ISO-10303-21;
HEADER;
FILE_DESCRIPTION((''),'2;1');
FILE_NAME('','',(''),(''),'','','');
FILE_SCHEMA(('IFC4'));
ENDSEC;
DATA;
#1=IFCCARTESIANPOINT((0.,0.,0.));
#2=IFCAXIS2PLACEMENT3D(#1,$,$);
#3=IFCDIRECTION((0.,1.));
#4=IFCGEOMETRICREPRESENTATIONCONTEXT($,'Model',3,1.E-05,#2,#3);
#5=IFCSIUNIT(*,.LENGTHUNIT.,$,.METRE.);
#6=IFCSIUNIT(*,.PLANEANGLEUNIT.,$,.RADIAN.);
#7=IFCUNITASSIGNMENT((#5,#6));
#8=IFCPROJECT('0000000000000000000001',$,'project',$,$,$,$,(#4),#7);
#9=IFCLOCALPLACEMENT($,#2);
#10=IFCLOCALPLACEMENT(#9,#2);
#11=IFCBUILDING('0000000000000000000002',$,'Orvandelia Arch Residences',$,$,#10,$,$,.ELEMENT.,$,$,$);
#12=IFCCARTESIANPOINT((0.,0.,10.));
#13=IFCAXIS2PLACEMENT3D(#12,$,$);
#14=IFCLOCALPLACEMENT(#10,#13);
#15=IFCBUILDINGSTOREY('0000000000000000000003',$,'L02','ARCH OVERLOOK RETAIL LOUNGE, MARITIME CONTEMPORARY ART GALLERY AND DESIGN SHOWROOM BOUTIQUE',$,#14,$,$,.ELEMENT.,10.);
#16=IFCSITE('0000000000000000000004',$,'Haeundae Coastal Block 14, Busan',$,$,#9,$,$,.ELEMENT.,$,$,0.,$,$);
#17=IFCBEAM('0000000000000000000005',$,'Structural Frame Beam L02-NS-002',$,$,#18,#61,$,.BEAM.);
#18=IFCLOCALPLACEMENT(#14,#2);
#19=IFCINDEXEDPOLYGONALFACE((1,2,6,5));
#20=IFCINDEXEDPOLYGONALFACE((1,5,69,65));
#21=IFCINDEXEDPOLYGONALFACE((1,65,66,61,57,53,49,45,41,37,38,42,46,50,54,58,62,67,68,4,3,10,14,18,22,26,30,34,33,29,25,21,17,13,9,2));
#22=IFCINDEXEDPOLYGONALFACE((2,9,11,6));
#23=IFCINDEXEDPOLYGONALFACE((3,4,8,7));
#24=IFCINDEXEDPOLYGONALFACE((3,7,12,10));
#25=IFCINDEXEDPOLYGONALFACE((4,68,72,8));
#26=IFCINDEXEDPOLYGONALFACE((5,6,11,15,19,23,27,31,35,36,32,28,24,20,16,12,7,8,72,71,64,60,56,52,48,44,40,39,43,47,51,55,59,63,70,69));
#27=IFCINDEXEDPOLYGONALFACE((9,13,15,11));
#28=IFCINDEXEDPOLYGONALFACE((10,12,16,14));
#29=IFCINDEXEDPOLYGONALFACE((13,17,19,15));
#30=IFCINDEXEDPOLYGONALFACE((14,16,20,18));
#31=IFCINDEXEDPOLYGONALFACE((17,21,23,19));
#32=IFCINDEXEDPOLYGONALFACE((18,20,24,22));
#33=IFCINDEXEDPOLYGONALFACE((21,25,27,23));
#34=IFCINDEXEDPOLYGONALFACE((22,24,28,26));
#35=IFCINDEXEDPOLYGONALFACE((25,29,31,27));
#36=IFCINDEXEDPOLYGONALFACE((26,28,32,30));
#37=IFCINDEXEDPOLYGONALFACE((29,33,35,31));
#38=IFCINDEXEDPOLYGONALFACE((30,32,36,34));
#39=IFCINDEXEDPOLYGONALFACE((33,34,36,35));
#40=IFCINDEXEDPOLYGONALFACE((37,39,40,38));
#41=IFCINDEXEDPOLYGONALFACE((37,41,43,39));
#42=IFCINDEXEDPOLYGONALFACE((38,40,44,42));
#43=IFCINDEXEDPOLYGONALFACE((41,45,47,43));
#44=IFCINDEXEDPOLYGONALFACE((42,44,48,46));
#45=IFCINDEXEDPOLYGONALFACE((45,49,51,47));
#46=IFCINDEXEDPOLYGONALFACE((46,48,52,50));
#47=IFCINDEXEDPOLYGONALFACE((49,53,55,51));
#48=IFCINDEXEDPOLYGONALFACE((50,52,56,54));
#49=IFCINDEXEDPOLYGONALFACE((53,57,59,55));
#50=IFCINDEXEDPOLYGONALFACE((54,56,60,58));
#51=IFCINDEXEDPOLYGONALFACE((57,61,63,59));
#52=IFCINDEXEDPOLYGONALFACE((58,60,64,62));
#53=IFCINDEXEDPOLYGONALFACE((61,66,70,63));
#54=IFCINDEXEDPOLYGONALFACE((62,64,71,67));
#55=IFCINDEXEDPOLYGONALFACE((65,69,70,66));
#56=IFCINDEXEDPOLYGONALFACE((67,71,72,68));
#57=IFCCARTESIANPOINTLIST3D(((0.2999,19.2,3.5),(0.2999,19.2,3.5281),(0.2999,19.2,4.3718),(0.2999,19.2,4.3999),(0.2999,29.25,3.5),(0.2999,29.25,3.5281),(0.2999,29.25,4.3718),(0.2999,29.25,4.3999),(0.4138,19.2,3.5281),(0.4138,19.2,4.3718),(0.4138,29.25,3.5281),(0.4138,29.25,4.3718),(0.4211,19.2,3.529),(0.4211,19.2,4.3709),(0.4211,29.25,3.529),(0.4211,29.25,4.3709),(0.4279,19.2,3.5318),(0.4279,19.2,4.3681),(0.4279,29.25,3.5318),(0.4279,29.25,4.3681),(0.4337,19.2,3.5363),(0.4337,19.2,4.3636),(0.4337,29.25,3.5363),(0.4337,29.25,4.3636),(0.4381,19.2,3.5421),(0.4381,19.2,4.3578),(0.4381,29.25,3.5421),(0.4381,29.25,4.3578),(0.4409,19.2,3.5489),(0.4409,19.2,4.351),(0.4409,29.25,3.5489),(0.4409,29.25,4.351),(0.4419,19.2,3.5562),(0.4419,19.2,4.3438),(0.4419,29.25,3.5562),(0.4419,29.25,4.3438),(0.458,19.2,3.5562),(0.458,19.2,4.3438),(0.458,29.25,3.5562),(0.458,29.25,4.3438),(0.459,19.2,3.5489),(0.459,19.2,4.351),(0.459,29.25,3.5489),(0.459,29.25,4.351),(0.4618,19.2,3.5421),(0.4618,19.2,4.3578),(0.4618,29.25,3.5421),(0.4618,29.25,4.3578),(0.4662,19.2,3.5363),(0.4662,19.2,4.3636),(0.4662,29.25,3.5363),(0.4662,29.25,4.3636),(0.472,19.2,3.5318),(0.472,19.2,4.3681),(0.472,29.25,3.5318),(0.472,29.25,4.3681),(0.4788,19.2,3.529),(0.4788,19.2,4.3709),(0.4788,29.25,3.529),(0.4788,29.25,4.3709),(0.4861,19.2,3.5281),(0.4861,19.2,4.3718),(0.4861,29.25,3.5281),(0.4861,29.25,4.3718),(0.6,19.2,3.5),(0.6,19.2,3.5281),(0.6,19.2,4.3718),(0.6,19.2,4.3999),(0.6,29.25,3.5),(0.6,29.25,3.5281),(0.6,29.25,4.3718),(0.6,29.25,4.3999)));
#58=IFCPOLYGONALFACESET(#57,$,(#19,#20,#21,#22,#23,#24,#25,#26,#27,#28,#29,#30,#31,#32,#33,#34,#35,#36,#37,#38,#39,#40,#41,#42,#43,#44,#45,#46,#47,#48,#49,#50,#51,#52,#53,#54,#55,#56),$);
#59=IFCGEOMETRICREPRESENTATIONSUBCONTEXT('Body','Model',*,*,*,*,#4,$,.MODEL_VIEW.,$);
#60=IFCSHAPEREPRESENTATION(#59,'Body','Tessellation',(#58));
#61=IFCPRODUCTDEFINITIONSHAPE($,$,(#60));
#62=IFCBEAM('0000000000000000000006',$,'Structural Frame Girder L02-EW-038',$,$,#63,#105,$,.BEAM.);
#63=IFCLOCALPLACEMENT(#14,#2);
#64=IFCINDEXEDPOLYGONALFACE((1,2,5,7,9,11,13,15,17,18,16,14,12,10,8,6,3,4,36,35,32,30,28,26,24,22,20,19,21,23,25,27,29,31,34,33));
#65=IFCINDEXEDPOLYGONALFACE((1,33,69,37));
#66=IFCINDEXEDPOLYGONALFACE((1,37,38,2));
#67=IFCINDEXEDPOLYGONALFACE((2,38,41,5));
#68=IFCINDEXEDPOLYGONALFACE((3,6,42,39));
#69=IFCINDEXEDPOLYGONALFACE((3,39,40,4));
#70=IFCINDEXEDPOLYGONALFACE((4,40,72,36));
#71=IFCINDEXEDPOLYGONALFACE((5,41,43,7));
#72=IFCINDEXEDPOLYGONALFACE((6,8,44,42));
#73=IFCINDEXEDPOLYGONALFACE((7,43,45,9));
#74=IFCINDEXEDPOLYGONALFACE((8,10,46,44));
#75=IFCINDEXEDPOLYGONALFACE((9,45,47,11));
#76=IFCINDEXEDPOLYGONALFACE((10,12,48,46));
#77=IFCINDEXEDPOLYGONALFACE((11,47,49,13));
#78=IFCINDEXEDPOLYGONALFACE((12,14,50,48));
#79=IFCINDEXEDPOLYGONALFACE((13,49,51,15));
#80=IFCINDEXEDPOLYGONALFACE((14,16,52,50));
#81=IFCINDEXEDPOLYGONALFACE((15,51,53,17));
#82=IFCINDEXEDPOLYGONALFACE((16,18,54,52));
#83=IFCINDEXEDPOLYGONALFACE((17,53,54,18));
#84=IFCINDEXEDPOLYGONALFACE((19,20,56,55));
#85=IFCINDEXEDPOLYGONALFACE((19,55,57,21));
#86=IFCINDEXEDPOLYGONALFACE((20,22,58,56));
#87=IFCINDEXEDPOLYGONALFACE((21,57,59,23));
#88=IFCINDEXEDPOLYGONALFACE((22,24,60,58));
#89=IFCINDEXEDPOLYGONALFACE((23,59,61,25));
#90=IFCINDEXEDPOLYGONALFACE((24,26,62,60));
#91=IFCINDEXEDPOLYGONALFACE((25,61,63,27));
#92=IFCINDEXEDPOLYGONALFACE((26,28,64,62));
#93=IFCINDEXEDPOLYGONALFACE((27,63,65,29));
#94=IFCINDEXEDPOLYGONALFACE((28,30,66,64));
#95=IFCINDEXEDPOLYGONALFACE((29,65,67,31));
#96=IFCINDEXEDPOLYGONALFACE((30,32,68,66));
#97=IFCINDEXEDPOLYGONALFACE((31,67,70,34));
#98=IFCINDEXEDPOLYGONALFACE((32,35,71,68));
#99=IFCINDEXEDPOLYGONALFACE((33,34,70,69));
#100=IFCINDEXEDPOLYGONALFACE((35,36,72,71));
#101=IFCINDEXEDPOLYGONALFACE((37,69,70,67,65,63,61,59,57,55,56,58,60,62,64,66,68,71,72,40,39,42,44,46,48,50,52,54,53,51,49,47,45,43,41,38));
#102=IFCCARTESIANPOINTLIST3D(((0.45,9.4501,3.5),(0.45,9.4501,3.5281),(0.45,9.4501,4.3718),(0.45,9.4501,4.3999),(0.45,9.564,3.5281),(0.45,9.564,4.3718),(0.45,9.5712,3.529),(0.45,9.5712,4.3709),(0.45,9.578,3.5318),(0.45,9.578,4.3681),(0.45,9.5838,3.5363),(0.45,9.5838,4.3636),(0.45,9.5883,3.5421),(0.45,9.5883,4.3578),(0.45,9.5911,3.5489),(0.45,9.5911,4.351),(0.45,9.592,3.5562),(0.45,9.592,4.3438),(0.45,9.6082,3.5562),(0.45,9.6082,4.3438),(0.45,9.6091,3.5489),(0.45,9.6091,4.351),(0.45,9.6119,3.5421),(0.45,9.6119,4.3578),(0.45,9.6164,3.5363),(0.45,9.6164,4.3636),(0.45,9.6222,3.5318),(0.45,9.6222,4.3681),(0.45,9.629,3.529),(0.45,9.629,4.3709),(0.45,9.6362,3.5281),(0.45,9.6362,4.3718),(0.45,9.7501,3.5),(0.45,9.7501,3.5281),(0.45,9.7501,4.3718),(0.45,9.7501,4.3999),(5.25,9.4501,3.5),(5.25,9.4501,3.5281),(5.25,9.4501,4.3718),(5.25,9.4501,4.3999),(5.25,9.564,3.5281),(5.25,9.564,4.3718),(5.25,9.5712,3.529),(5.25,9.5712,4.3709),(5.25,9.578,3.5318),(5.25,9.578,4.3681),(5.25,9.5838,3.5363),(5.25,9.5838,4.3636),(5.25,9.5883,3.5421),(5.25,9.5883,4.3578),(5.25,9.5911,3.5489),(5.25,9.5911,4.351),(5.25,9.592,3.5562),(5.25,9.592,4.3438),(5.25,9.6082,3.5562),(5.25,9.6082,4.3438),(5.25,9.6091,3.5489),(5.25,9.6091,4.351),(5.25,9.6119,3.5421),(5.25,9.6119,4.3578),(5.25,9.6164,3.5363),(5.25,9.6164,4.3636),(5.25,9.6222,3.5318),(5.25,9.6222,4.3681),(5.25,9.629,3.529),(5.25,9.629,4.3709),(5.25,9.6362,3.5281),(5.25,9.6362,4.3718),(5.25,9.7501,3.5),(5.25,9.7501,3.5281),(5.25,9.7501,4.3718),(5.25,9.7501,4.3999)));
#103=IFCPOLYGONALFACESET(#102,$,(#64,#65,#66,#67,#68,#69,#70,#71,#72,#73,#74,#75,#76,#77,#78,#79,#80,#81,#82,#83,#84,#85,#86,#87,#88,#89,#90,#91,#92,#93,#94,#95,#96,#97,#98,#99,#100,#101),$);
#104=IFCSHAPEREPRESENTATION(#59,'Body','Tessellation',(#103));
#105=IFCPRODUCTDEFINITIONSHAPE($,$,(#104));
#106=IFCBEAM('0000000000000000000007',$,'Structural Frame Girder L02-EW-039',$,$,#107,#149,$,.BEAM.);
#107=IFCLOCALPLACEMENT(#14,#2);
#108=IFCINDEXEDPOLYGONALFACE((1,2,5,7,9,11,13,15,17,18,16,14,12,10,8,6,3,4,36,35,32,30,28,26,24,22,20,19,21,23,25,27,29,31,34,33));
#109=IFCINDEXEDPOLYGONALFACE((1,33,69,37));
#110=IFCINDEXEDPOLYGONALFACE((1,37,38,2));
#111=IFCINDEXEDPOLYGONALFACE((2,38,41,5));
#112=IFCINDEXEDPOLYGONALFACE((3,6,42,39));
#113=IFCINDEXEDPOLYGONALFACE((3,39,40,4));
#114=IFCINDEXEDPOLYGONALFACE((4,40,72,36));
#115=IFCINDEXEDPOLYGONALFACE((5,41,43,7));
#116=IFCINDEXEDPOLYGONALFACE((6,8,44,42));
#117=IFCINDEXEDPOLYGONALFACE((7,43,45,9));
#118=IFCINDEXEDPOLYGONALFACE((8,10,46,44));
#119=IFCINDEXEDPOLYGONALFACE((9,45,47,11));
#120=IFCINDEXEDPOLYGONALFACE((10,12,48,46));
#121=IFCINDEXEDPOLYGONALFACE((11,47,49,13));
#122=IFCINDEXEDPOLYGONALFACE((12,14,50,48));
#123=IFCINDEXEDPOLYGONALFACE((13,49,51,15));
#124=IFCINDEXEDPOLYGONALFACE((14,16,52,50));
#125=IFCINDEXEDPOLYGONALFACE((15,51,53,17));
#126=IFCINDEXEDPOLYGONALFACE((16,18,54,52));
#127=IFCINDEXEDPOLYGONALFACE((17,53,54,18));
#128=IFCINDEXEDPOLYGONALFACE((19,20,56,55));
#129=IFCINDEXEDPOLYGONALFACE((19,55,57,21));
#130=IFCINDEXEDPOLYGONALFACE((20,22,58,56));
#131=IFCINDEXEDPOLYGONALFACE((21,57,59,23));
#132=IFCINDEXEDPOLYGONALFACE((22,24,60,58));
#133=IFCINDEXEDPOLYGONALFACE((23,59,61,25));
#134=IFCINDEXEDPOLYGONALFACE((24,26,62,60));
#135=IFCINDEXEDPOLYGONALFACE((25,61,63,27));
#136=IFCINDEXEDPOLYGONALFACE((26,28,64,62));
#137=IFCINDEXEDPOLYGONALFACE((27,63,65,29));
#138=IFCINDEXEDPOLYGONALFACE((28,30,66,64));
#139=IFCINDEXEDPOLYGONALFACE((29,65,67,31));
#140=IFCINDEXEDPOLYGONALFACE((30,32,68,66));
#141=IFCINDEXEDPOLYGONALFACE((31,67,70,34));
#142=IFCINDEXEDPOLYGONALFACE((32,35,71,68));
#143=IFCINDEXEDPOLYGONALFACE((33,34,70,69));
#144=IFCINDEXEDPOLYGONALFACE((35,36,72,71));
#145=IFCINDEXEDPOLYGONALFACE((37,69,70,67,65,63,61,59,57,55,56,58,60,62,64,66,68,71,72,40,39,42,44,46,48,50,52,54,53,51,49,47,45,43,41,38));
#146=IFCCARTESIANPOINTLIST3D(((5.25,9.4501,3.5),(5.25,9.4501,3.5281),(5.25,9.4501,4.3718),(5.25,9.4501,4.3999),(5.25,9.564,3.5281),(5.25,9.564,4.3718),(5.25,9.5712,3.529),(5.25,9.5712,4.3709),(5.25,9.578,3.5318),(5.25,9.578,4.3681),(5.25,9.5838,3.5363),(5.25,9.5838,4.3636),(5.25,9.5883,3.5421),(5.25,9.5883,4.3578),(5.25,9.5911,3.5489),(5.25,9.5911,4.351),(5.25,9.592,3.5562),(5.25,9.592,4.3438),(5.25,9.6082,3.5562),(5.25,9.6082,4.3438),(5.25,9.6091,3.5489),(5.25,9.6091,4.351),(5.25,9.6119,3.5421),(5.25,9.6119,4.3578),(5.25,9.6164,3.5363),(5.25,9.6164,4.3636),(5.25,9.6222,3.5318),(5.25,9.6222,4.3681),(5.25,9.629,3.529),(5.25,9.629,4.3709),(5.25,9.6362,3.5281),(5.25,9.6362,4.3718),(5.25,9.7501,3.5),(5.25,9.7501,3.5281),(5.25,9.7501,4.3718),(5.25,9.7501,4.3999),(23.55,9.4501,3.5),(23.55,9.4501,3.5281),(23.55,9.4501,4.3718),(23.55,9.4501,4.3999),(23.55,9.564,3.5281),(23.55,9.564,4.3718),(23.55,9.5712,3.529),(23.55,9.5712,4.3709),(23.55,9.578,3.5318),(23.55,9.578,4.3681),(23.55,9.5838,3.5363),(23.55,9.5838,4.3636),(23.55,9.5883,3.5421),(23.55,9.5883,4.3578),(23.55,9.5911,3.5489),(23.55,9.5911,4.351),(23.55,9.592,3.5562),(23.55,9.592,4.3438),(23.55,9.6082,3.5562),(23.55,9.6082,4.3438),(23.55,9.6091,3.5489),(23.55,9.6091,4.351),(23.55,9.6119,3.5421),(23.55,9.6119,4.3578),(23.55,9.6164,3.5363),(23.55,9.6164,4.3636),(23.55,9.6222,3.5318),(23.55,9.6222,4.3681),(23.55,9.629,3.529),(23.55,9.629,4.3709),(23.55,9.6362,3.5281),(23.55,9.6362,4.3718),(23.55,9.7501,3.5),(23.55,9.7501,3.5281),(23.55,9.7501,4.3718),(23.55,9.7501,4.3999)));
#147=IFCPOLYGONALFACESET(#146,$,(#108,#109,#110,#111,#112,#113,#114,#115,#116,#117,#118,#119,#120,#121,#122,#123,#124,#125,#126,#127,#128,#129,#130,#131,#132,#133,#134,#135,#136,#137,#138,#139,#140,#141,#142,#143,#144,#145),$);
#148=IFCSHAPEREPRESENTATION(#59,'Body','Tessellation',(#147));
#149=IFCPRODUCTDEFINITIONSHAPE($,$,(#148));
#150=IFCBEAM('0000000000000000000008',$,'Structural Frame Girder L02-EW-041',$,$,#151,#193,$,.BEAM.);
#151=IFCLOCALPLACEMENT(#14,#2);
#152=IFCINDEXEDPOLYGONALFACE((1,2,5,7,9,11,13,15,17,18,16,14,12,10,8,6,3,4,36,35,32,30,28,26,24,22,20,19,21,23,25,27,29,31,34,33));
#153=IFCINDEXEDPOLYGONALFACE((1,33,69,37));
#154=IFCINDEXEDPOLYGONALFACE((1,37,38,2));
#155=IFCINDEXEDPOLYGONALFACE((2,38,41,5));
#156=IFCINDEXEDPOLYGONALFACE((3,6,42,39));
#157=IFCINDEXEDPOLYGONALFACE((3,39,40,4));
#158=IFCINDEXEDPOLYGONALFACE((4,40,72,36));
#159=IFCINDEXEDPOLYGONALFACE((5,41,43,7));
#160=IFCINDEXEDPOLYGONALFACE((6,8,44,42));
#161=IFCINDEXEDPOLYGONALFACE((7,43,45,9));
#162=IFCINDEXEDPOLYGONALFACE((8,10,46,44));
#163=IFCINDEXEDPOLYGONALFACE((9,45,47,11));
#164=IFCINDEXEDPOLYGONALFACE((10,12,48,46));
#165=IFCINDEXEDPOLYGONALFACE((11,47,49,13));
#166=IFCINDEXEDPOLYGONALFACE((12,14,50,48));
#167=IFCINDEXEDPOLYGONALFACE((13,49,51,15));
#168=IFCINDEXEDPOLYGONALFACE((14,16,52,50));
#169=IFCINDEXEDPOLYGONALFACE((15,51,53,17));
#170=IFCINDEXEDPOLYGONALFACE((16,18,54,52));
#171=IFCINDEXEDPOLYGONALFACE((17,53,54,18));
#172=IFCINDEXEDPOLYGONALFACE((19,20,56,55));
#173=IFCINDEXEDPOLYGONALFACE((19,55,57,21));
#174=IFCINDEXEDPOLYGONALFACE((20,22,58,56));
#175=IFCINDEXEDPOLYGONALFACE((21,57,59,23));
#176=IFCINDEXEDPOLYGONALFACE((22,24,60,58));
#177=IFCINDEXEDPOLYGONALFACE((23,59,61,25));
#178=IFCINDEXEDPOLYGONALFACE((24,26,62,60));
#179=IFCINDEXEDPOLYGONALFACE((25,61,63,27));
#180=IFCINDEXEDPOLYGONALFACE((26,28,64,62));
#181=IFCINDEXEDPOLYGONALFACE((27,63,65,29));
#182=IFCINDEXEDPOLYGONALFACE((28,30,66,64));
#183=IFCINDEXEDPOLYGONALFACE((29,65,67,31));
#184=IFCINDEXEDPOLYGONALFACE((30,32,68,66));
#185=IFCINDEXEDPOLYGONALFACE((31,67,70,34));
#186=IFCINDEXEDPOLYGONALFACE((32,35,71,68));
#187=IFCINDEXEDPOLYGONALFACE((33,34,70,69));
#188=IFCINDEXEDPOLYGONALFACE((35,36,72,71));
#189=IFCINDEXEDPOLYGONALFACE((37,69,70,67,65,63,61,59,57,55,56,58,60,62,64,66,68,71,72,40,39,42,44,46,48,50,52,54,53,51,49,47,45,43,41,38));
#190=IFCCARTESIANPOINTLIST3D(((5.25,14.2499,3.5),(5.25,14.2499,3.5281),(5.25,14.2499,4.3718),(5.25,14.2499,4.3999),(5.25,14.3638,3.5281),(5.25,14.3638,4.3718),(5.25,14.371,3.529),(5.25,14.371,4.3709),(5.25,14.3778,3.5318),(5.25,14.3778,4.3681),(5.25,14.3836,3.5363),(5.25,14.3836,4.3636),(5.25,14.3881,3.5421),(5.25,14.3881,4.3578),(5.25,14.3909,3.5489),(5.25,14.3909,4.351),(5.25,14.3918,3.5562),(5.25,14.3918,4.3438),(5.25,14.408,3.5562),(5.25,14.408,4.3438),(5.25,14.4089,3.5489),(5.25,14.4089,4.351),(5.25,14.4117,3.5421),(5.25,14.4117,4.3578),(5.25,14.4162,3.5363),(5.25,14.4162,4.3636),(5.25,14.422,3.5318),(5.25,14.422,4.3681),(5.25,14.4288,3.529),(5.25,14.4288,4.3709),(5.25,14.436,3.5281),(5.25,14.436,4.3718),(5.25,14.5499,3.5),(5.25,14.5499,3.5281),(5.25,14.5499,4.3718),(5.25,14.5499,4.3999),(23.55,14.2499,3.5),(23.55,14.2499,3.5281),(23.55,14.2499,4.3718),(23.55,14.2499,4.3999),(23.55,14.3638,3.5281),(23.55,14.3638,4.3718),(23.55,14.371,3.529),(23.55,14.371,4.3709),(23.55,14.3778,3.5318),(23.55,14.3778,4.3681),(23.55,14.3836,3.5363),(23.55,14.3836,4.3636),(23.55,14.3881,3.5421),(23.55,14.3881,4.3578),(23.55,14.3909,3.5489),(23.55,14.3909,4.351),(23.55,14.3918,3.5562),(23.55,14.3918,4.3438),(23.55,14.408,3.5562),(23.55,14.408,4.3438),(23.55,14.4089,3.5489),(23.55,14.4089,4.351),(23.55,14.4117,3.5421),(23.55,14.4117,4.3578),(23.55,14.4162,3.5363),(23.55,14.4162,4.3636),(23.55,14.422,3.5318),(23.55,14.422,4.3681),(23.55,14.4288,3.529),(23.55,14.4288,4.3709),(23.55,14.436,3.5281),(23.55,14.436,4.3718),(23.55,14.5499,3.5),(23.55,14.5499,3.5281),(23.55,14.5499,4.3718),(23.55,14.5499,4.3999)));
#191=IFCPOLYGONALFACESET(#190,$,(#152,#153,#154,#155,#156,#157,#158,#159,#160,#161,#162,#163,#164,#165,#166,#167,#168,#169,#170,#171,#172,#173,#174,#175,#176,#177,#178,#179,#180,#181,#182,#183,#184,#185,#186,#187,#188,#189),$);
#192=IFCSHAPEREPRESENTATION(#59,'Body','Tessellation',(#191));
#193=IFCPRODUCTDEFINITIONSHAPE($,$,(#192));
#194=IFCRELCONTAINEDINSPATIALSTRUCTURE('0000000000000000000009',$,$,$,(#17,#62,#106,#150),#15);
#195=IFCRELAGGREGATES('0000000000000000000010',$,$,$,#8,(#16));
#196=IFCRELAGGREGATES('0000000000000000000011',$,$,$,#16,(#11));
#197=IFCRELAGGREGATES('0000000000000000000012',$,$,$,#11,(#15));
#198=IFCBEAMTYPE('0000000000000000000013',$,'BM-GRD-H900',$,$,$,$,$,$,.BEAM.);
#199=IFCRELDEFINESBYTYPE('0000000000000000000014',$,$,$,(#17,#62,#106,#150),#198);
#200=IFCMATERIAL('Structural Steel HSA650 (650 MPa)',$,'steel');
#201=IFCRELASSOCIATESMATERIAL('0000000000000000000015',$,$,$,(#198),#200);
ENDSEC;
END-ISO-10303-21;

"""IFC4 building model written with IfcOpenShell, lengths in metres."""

from ifc_helpers import new_model, si_unit, direction, frame, origin, origin_2d, place, context, subcontext, project, spatial, i_section, extrude, material, material_profile, profile_set, type_object, element, save


model = new_model("IFC4")

# Units and contexts
model_context = context("Model", 3, precision=1e-05, world=origin(), true_north=direction((0.0, 1.0)))
body_context = subcontext(model_context, "Body", "Model", "MODEL_VIEW")
ifc_project = project(units=[si_unit("LENGTHUNIT", "METRE"), si_unit("PLANEANGLEUNIT", "RADIAN")], contexts=[model_context])

# Site, building, storey
site_placement = place(None, origin())
site = spatial("IfcSite", under=ifc_project, at=site_placement, Name="Haeundae Coastal Block 14, Busan", CompositionType="ELEMENT", RefElevation=0.0)
building_placement = place(site_placement, origin())
building = spatial("IfcBuilding", under=site, at=building_placement, Name="Orvandelia Arch Residences", CompositionType="ELEMENT")
storey_placement = place(building_placement, frame((0.0, 0.0, 10.0)))
storey = spatial("IfcBuildingStorey", under=building, at=storey_placement, Name="L02", Description="ARCH OVERLOOK RETAIL LOUNGE, MARITIME CONTEMPORARY ART GALLERY AND DESIGN SHOWROOM BOUTIQUE", CompositionType="ELEMENT", Elevation=10.0)

# Beams
ifc_material_1 = material(Name="Structural Steel HSA650 (650 MPa)", Category="steel")
ifc_material_profile_1 = material_profile(ifc_material_1, i_section(OverallWidth=0.3, OverallDepth=0.8999, WebThickness=0.0161, FlangeThickness=0.0281, FilletRadius=0.0281, at=origin_2d()), Name="Structural Steel HSA650 (650 MPa)", Category="steel")
ifc_profile_set_1 = profile_set([ifc_material_profile_1], Name="Structural Steel HSA650 (650 MPa)")
beam_type_1 = type_object("IfcBeamType", Name="BM-GRD-H900", PredefinedType="BEAM", material=ifc_profile_set_1)
beam_1_placement = place(storey_placement, frame((0.45, 19.2, 3.95), z_axis=(0.0, 1.0, 0.0), x_axis=(-1.0, 0.0, 0.0)))
element("IfcBeam", 1, at=beam_1_placement, inside=storey, type_object=beam_type_1, Name="Structural Frame Beam L02-NS-002", PredefinedType="BEAM", context=body_context, shape_type="SweptSolid", body=[
    extrude(i_section(OverallWidth=0.3, OverallDepth=0.8999, WebThickness=0.0161, FlangeThickness=0.0281, FilletRadius=0.0281, at=origin_2d()), origin(), (0.0, 0.0, 1.0), 10.05),
])
beam_2_placement = place(storey_placement, frame((0.45, 9.6001, 3.95), z_axis=(1.0, 0.0, 0.0), x_axis=(0.0, 1.0, 0.0)))
element("IfcBeam", 2, at=beam_2_placement, inside=storey, type_object=beam_type_1, Name="Structural Frame Girder L02-EW-038", PredefinedType="BEAM", context=body_context, shape_type="SweptSolid", body=[
    extrude(i_section(OverallWidth=0.3, OverallDepth=0.8999, WebThickness=0.0161, FlangeThickness=0.0281, FilletRadius=0.0281, at=origin_2d()), origin(), (0.0, 0.0, 1.0), 4.8),
])
for number, where, z_axis, x_axis, name in (
    (3, (5.25, 9.6001, 3.95), (1.0, 0.0, 0.0), (0.0, 1.0, 0.0), "Structural Frame Girder L02-EW-039"),
    (4, (5.25, 14.3999, 3.95), (1.0, 0.0, 0.0), (0.0, 1.0, 0.0), "Structural Frame Girder L02-EW-041"),
):
    element("IfcBeam", number, at=place(storey_placement, frame(where, z_axis=z_axis, x_axis=x_axis)), inside=storey, type_object=beam_type_1, Name=name, PredefinedType="BEAM", context=body_context, shape_type="SweptSolid", body=[
        extrude(i_section(OverallWidth=0.3, OverallDepth=0.8999, WebThickness=0.0161, FlangeThickness=0.0281, FilletRadius=0.0281, at=origin_2d()), origin(), (0.0, 0.0, 1.0), 18.3),
    ])

save(model, "model.ifc")
